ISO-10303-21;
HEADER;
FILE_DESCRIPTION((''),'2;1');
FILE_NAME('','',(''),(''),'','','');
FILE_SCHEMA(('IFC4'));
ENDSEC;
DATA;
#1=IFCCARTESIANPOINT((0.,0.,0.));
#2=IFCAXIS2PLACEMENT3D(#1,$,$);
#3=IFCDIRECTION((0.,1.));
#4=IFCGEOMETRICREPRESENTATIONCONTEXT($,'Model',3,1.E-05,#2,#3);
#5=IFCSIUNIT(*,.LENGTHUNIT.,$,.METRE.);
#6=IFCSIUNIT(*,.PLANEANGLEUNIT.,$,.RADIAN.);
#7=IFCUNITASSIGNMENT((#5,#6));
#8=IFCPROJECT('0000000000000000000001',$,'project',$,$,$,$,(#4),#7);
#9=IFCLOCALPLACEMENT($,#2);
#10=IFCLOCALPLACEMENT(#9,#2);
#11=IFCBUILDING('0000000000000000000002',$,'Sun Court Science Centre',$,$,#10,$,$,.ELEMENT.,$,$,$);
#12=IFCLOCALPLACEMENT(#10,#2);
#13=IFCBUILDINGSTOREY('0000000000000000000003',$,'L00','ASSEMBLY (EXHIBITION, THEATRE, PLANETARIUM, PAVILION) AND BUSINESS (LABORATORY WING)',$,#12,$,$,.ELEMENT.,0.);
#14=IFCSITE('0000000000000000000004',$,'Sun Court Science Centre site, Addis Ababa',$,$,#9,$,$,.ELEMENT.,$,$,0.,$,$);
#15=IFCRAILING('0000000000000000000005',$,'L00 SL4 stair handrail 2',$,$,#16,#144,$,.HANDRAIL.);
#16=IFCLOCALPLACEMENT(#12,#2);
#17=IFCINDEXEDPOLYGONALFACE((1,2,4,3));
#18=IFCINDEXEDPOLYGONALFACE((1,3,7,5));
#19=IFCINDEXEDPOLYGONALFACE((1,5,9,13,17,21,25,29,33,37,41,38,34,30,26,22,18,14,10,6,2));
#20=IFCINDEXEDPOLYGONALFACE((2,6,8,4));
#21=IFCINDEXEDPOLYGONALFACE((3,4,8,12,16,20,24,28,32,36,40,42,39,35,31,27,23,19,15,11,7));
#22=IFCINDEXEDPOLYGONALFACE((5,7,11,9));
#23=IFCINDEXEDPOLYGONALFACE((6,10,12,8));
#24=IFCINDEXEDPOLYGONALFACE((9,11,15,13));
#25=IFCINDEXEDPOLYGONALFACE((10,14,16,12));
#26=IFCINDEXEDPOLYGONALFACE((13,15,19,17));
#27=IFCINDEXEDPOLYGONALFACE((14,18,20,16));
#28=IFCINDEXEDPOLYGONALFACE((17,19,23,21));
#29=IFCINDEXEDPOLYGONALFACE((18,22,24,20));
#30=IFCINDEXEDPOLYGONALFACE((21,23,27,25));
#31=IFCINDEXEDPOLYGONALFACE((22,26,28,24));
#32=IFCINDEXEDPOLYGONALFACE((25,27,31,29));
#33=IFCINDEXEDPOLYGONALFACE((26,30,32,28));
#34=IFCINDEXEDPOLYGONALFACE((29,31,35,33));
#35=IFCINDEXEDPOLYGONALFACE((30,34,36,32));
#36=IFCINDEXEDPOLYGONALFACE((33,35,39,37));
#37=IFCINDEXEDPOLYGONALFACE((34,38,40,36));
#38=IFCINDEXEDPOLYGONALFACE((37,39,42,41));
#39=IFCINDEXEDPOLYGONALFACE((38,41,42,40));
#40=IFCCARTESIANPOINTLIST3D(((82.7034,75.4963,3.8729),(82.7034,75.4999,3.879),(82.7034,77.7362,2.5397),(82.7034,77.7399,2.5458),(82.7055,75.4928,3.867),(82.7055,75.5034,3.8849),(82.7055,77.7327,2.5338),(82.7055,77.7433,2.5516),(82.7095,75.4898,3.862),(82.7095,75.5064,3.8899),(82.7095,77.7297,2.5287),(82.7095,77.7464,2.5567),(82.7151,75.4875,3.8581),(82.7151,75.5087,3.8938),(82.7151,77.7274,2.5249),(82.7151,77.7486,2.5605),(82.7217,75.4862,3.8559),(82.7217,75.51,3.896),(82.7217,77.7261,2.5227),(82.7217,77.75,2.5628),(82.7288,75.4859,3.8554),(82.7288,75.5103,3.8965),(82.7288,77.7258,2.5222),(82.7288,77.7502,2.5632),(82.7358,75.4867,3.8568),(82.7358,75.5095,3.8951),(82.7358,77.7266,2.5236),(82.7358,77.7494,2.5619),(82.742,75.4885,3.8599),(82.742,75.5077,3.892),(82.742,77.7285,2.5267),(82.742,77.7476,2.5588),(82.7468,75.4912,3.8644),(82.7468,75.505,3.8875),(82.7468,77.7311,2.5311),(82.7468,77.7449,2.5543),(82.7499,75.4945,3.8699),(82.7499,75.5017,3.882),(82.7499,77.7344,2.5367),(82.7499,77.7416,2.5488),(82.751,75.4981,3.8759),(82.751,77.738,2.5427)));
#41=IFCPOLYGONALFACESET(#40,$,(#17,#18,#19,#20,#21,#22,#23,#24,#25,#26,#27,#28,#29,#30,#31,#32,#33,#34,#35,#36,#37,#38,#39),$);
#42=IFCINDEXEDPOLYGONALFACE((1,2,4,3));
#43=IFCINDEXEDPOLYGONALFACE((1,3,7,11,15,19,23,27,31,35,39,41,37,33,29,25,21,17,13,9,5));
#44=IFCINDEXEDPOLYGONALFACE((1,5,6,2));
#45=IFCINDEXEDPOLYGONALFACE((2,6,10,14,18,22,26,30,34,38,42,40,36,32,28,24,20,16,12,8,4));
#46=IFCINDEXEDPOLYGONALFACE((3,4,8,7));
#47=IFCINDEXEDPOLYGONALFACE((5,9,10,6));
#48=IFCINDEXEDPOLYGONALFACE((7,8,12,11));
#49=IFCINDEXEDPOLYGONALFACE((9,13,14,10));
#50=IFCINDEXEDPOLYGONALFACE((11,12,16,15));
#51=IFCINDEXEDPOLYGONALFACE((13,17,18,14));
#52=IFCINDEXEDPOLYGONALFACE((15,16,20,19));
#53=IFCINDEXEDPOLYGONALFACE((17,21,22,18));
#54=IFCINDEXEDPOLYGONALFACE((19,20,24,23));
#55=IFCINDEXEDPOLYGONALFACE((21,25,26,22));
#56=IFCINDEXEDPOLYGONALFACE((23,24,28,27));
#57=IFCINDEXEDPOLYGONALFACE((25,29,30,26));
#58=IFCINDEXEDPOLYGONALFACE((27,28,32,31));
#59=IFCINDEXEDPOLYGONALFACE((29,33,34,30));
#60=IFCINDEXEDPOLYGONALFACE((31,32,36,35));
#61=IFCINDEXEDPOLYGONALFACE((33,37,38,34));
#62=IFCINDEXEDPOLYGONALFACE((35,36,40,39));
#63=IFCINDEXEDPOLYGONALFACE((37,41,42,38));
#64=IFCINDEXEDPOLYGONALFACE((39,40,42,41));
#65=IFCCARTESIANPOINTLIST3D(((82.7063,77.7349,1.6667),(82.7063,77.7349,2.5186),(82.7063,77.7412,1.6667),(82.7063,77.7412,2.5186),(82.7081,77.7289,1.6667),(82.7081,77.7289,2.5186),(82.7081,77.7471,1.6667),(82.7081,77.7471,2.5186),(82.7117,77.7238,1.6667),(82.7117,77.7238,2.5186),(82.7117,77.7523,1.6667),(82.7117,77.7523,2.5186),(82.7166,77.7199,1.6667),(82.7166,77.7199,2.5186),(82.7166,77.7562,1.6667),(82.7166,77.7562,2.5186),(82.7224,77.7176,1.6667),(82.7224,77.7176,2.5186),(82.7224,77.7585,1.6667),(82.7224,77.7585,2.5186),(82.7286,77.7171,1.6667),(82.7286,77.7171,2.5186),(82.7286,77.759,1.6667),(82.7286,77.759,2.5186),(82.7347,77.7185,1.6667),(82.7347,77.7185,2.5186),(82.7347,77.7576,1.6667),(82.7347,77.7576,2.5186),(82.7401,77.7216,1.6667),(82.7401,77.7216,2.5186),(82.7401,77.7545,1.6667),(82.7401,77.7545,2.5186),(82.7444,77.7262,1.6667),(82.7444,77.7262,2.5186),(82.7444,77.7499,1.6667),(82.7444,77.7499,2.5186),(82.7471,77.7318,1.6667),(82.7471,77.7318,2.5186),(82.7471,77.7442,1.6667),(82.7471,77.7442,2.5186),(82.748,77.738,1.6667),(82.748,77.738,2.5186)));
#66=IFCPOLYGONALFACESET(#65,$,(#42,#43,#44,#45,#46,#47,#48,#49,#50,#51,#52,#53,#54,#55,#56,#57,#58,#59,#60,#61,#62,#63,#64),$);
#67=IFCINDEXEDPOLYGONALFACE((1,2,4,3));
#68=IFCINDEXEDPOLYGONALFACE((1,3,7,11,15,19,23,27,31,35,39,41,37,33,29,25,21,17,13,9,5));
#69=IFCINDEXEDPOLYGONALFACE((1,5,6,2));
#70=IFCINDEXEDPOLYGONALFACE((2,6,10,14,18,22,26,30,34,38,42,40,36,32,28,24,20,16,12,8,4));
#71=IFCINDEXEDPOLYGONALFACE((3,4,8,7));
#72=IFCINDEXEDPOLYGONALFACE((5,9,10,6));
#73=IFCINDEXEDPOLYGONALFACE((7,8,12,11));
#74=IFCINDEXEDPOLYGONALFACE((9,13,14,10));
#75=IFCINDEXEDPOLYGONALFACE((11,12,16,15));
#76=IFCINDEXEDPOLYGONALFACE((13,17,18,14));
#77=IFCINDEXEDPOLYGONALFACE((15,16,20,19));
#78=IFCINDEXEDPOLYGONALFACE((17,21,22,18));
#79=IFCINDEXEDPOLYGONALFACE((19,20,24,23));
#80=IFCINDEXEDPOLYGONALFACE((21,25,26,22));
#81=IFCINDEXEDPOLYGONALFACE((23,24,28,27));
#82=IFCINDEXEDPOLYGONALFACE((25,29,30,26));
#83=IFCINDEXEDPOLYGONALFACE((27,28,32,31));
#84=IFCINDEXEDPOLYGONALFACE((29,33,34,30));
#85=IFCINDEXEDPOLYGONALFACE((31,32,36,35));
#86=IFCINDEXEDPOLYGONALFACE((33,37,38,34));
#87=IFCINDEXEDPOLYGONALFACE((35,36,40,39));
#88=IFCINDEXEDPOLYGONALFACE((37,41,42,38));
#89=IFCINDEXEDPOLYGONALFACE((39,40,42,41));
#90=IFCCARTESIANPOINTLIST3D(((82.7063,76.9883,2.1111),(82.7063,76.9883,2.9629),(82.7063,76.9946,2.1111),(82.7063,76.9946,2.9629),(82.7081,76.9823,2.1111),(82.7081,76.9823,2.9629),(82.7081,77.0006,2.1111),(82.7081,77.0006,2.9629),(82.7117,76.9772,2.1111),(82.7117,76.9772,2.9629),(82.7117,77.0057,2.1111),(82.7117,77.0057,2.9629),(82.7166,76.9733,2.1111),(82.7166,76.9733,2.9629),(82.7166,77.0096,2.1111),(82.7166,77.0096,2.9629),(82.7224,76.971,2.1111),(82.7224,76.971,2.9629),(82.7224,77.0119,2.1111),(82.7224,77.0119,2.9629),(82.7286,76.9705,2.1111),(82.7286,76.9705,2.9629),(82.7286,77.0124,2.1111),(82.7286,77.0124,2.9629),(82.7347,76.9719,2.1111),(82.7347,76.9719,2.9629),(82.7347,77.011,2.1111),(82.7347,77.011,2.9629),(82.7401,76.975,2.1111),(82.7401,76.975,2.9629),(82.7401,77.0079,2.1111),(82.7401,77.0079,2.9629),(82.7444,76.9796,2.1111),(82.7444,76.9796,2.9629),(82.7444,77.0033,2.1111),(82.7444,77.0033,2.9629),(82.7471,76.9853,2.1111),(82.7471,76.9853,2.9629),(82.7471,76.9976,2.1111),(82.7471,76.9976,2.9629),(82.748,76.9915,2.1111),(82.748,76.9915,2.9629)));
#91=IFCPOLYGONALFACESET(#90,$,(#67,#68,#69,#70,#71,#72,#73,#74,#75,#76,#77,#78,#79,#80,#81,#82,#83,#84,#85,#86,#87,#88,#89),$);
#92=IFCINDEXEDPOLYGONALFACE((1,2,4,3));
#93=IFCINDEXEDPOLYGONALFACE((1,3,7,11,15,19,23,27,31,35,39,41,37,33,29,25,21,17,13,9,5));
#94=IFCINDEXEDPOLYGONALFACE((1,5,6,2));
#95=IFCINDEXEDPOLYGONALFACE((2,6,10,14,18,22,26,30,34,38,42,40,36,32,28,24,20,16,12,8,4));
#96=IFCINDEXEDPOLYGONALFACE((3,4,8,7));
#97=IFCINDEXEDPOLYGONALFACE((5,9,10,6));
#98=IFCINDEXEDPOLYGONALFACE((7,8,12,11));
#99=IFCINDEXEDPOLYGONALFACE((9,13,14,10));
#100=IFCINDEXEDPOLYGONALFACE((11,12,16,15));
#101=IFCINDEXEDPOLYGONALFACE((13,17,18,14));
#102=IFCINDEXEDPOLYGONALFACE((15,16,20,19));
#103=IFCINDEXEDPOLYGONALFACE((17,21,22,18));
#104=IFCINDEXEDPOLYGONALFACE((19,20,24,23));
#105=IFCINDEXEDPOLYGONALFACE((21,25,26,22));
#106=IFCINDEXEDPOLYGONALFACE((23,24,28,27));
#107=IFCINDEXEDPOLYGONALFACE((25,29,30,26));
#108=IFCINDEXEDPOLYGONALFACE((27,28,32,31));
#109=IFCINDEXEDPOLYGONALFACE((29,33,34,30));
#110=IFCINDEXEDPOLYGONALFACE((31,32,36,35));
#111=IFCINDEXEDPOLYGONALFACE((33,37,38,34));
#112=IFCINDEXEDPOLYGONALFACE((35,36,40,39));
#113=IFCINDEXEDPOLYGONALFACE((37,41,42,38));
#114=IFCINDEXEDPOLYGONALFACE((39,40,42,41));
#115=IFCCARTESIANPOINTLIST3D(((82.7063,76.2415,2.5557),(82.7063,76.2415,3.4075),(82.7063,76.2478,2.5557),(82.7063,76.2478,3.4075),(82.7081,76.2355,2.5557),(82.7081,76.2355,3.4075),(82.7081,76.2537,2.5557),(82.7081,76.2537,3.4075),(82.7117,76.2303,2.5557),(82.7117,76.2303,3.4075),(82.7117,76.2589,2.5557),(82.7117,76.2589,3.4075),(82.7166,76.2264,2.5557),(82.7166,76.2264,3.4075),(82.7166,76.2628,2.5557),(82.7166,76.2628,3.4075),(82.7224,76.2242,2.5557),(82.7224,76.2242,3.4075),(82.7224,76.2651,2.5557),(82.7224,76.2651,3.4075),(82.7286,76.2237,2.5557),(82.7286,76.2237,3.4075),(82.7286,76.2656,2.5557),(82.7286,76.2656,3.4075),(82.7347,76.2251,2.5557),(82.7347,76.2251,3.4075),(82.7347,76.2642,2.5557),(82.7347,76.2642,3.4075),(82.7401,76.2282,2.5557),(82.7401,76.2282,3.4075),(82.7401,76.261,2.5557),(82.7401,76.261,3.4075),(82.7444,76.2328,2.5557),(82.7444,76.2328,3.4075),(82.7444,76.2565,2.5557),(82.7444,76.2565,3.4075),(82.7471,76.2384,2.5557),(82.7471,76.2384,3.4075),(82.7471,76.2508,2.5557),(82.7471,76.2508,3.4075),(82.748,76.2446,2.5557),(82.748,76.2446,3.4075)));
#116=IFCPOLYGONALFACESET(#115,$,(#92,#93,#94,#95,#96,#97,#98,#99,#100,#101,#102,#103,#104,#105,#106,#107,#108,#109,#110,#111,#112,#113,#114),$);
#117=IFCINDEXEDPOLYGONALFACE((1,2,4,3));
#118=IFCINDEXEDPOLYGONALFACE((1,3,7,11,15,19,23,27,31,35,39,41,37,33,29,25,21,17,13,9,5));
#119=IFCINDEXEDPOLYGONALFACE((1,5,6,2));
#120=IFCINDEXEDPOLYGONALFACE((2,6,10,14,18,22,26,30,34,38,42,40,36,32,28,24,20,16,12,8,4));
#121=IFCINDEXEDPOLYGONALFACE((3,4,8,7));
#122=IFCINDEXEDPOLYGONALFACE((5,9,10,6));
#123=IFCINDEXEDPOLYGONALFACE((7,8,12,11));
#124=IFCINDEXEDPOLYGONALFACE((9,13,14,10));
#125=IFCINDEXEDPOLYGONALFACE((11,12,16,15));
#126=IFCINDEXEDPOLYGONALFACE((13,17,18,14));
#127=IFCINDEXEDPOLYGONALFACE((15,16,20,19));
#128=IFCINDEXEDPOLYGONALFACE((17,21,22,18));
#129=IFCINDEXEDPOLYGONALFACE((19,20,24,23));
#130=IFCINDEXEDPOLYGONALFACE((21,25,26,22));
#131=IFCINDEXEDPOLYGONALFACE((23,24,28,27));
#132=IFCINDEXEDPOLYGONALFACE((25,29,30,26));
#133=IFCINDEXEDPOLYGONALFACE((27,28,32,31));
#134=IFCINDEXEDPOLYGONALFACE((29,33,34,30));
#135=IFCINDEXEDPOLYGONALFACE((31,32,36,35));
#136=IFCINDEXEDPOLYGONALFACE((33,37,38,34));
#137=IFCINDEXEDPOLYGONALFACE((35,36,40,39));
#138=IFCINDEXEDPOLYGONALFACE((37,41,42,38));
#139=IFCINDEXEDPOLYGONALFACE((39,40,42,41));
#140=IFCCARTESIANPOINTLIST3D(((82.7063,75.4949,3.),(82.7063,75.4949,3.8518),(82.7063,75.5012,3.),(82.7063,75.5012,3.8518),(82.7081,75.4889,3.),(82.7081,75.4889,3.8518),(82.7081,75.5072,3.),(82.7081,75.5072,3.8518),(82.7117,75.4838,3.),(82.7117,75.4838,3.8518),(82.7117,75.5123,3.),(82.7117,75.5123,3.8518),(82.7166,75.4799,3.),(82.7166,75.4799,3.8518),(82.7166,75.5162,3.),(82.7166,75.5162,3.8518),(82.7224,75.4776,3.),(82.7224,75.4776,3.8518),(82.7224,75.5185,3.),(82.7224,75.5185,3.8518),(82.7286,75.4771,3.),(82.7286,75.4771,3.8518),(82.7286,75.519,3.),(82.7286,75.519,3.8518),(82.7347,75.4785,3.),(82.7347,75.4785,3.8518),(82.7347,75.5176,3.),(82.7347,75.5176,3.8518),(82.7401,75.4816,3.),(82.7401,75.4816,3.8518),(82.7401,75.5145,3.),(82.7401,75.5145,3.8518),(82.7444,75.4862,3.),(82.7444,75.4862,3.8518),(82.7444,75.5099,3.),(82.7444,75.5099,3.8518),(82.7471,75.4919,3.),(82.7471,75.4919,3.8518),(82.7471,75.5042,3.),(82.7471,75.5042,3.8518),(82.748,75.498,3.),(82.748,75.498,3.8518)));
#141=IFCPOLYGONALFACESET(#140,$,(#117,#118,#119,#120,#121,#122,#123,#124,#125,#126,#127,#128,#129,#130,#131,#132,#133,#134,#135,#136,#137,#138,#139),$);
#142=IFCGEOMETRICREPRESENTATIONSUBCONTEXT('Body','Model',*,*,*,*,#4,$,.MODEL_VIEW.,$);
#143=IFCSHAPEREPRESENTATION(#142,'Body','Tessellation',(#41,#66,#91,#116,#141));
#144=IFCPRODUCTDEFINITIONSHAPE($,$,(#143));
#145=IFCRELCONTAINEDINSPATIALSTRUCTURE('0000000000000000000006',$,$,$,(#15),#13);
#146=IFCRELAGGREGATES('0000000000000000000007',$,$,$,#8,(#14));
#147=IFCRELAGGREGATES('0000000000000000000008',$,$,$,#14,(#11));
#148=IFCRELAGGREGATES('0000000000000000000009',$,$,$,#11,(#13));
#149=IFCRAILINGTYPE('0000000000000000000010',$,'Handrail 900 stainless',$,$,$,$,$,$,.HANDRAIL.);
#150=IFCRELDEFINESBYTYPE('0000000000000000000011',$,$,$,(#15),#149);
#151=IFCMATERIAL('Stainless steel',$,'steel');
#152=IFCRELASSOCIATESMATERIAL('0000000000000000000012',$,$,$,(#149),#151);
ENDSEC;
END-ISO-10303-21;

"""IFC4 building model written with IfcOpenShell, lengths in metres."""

from ifc_helpers import new_model, si_unit, direction, frame, origin, origin_2d, place, context, subcontext, project, spatial, circle, extrude, material, type_object, element, save


model = new_model("IFC4")

# Units and contexts
model_context = context("Model", 3, precision=1e-05, world=origin(), true_north=direction((0.0, 1.0)))
body_context = subcontext(model_context, "Body", "Model", "MODEL_VIEW")
ifc_project = project(units=[si_unit("LENGTHUNIT", "METRE"), si_unit("PLANEANGLEUNIT", "RADIAN")], contexts=[model_context])

# Site, building, storey
site_placement = place(None, origin())
site = spatial("IfcSite", under=ifc_project, at=site_placement, Name="Sun Court Science Centre site, Addis Ababa", CompositionType="ELEMENT", RefElevation=0.0)
building_placement = place(site_placement, origin())
building = spatial("IfcBuilding", under=site, at=building_placement, Name="Sun Court Science Centre", CompositionType="ELEMENT")
storey_placement = place(building_placement, origin())
storey = spatial("IfcBuildingStorey", under=building, at=storey_placement, Name="L00", Description="ASSEMBLY (EXHIBITION, THEATRE, PLANETARIUM, PAVILION) AND BUSINESS (LABORATORY WING)", CompositionType="ELEMENT", Elevation=0.0)

# Railing
ifc_material_1 = material(Name="Stainless steel", Category="steel")
railing_type_1 = type_object("IfcRailingType", Name="Handrail 900 stainless", PredefinedType="HANDRAIL", material=ifc_material_1)
for number, where, name in (
    (1, (82.7271, 77.738, 1.6667), "L00 SL4 stair handrail 2"),
):
    element("IfcRailing", number, at=place(storey_placement, frame(where)), inside=storey, type_object=railing_type_1, Name=name, PredefinedType="HANDRAIL", context=body_context, shape_type="SweptSolid", body=[
        extrude(circle(Radius=0.0239, at=origin_2d()), frame((0.0, 0.0, 0.876), z_axis=(0.0, -0.859306, 0.511462), x_axis=(1.0, 0.0, 0.0)), (0.0, 0.0, 1.0), 2.6067),
        extrude(circle(Radius=0.021, at=origin_2d()), origin(), (0.0, 0.0, 1.0), 0.8518),
        extrude(circle(Radius=0.021, at=origin_2d()), frame((0.0, -0.7466, 0.4443)), (0.0, 0.0, 1.0), 0.8518),
        extrude(circle(Radius=0.021, at=origin_2d()), frame((0.0, -1.4934, 0.8889)), (0.0, 0.0, 1.0), 0.8518),
        extrude(circle(Radius=0.021, at=origin_2d()), frame((0.0, -2.24, 1.3333)), (0.0, 0.0, 1.0), 0.8518),
    ])

save(model, "model.ifc")
